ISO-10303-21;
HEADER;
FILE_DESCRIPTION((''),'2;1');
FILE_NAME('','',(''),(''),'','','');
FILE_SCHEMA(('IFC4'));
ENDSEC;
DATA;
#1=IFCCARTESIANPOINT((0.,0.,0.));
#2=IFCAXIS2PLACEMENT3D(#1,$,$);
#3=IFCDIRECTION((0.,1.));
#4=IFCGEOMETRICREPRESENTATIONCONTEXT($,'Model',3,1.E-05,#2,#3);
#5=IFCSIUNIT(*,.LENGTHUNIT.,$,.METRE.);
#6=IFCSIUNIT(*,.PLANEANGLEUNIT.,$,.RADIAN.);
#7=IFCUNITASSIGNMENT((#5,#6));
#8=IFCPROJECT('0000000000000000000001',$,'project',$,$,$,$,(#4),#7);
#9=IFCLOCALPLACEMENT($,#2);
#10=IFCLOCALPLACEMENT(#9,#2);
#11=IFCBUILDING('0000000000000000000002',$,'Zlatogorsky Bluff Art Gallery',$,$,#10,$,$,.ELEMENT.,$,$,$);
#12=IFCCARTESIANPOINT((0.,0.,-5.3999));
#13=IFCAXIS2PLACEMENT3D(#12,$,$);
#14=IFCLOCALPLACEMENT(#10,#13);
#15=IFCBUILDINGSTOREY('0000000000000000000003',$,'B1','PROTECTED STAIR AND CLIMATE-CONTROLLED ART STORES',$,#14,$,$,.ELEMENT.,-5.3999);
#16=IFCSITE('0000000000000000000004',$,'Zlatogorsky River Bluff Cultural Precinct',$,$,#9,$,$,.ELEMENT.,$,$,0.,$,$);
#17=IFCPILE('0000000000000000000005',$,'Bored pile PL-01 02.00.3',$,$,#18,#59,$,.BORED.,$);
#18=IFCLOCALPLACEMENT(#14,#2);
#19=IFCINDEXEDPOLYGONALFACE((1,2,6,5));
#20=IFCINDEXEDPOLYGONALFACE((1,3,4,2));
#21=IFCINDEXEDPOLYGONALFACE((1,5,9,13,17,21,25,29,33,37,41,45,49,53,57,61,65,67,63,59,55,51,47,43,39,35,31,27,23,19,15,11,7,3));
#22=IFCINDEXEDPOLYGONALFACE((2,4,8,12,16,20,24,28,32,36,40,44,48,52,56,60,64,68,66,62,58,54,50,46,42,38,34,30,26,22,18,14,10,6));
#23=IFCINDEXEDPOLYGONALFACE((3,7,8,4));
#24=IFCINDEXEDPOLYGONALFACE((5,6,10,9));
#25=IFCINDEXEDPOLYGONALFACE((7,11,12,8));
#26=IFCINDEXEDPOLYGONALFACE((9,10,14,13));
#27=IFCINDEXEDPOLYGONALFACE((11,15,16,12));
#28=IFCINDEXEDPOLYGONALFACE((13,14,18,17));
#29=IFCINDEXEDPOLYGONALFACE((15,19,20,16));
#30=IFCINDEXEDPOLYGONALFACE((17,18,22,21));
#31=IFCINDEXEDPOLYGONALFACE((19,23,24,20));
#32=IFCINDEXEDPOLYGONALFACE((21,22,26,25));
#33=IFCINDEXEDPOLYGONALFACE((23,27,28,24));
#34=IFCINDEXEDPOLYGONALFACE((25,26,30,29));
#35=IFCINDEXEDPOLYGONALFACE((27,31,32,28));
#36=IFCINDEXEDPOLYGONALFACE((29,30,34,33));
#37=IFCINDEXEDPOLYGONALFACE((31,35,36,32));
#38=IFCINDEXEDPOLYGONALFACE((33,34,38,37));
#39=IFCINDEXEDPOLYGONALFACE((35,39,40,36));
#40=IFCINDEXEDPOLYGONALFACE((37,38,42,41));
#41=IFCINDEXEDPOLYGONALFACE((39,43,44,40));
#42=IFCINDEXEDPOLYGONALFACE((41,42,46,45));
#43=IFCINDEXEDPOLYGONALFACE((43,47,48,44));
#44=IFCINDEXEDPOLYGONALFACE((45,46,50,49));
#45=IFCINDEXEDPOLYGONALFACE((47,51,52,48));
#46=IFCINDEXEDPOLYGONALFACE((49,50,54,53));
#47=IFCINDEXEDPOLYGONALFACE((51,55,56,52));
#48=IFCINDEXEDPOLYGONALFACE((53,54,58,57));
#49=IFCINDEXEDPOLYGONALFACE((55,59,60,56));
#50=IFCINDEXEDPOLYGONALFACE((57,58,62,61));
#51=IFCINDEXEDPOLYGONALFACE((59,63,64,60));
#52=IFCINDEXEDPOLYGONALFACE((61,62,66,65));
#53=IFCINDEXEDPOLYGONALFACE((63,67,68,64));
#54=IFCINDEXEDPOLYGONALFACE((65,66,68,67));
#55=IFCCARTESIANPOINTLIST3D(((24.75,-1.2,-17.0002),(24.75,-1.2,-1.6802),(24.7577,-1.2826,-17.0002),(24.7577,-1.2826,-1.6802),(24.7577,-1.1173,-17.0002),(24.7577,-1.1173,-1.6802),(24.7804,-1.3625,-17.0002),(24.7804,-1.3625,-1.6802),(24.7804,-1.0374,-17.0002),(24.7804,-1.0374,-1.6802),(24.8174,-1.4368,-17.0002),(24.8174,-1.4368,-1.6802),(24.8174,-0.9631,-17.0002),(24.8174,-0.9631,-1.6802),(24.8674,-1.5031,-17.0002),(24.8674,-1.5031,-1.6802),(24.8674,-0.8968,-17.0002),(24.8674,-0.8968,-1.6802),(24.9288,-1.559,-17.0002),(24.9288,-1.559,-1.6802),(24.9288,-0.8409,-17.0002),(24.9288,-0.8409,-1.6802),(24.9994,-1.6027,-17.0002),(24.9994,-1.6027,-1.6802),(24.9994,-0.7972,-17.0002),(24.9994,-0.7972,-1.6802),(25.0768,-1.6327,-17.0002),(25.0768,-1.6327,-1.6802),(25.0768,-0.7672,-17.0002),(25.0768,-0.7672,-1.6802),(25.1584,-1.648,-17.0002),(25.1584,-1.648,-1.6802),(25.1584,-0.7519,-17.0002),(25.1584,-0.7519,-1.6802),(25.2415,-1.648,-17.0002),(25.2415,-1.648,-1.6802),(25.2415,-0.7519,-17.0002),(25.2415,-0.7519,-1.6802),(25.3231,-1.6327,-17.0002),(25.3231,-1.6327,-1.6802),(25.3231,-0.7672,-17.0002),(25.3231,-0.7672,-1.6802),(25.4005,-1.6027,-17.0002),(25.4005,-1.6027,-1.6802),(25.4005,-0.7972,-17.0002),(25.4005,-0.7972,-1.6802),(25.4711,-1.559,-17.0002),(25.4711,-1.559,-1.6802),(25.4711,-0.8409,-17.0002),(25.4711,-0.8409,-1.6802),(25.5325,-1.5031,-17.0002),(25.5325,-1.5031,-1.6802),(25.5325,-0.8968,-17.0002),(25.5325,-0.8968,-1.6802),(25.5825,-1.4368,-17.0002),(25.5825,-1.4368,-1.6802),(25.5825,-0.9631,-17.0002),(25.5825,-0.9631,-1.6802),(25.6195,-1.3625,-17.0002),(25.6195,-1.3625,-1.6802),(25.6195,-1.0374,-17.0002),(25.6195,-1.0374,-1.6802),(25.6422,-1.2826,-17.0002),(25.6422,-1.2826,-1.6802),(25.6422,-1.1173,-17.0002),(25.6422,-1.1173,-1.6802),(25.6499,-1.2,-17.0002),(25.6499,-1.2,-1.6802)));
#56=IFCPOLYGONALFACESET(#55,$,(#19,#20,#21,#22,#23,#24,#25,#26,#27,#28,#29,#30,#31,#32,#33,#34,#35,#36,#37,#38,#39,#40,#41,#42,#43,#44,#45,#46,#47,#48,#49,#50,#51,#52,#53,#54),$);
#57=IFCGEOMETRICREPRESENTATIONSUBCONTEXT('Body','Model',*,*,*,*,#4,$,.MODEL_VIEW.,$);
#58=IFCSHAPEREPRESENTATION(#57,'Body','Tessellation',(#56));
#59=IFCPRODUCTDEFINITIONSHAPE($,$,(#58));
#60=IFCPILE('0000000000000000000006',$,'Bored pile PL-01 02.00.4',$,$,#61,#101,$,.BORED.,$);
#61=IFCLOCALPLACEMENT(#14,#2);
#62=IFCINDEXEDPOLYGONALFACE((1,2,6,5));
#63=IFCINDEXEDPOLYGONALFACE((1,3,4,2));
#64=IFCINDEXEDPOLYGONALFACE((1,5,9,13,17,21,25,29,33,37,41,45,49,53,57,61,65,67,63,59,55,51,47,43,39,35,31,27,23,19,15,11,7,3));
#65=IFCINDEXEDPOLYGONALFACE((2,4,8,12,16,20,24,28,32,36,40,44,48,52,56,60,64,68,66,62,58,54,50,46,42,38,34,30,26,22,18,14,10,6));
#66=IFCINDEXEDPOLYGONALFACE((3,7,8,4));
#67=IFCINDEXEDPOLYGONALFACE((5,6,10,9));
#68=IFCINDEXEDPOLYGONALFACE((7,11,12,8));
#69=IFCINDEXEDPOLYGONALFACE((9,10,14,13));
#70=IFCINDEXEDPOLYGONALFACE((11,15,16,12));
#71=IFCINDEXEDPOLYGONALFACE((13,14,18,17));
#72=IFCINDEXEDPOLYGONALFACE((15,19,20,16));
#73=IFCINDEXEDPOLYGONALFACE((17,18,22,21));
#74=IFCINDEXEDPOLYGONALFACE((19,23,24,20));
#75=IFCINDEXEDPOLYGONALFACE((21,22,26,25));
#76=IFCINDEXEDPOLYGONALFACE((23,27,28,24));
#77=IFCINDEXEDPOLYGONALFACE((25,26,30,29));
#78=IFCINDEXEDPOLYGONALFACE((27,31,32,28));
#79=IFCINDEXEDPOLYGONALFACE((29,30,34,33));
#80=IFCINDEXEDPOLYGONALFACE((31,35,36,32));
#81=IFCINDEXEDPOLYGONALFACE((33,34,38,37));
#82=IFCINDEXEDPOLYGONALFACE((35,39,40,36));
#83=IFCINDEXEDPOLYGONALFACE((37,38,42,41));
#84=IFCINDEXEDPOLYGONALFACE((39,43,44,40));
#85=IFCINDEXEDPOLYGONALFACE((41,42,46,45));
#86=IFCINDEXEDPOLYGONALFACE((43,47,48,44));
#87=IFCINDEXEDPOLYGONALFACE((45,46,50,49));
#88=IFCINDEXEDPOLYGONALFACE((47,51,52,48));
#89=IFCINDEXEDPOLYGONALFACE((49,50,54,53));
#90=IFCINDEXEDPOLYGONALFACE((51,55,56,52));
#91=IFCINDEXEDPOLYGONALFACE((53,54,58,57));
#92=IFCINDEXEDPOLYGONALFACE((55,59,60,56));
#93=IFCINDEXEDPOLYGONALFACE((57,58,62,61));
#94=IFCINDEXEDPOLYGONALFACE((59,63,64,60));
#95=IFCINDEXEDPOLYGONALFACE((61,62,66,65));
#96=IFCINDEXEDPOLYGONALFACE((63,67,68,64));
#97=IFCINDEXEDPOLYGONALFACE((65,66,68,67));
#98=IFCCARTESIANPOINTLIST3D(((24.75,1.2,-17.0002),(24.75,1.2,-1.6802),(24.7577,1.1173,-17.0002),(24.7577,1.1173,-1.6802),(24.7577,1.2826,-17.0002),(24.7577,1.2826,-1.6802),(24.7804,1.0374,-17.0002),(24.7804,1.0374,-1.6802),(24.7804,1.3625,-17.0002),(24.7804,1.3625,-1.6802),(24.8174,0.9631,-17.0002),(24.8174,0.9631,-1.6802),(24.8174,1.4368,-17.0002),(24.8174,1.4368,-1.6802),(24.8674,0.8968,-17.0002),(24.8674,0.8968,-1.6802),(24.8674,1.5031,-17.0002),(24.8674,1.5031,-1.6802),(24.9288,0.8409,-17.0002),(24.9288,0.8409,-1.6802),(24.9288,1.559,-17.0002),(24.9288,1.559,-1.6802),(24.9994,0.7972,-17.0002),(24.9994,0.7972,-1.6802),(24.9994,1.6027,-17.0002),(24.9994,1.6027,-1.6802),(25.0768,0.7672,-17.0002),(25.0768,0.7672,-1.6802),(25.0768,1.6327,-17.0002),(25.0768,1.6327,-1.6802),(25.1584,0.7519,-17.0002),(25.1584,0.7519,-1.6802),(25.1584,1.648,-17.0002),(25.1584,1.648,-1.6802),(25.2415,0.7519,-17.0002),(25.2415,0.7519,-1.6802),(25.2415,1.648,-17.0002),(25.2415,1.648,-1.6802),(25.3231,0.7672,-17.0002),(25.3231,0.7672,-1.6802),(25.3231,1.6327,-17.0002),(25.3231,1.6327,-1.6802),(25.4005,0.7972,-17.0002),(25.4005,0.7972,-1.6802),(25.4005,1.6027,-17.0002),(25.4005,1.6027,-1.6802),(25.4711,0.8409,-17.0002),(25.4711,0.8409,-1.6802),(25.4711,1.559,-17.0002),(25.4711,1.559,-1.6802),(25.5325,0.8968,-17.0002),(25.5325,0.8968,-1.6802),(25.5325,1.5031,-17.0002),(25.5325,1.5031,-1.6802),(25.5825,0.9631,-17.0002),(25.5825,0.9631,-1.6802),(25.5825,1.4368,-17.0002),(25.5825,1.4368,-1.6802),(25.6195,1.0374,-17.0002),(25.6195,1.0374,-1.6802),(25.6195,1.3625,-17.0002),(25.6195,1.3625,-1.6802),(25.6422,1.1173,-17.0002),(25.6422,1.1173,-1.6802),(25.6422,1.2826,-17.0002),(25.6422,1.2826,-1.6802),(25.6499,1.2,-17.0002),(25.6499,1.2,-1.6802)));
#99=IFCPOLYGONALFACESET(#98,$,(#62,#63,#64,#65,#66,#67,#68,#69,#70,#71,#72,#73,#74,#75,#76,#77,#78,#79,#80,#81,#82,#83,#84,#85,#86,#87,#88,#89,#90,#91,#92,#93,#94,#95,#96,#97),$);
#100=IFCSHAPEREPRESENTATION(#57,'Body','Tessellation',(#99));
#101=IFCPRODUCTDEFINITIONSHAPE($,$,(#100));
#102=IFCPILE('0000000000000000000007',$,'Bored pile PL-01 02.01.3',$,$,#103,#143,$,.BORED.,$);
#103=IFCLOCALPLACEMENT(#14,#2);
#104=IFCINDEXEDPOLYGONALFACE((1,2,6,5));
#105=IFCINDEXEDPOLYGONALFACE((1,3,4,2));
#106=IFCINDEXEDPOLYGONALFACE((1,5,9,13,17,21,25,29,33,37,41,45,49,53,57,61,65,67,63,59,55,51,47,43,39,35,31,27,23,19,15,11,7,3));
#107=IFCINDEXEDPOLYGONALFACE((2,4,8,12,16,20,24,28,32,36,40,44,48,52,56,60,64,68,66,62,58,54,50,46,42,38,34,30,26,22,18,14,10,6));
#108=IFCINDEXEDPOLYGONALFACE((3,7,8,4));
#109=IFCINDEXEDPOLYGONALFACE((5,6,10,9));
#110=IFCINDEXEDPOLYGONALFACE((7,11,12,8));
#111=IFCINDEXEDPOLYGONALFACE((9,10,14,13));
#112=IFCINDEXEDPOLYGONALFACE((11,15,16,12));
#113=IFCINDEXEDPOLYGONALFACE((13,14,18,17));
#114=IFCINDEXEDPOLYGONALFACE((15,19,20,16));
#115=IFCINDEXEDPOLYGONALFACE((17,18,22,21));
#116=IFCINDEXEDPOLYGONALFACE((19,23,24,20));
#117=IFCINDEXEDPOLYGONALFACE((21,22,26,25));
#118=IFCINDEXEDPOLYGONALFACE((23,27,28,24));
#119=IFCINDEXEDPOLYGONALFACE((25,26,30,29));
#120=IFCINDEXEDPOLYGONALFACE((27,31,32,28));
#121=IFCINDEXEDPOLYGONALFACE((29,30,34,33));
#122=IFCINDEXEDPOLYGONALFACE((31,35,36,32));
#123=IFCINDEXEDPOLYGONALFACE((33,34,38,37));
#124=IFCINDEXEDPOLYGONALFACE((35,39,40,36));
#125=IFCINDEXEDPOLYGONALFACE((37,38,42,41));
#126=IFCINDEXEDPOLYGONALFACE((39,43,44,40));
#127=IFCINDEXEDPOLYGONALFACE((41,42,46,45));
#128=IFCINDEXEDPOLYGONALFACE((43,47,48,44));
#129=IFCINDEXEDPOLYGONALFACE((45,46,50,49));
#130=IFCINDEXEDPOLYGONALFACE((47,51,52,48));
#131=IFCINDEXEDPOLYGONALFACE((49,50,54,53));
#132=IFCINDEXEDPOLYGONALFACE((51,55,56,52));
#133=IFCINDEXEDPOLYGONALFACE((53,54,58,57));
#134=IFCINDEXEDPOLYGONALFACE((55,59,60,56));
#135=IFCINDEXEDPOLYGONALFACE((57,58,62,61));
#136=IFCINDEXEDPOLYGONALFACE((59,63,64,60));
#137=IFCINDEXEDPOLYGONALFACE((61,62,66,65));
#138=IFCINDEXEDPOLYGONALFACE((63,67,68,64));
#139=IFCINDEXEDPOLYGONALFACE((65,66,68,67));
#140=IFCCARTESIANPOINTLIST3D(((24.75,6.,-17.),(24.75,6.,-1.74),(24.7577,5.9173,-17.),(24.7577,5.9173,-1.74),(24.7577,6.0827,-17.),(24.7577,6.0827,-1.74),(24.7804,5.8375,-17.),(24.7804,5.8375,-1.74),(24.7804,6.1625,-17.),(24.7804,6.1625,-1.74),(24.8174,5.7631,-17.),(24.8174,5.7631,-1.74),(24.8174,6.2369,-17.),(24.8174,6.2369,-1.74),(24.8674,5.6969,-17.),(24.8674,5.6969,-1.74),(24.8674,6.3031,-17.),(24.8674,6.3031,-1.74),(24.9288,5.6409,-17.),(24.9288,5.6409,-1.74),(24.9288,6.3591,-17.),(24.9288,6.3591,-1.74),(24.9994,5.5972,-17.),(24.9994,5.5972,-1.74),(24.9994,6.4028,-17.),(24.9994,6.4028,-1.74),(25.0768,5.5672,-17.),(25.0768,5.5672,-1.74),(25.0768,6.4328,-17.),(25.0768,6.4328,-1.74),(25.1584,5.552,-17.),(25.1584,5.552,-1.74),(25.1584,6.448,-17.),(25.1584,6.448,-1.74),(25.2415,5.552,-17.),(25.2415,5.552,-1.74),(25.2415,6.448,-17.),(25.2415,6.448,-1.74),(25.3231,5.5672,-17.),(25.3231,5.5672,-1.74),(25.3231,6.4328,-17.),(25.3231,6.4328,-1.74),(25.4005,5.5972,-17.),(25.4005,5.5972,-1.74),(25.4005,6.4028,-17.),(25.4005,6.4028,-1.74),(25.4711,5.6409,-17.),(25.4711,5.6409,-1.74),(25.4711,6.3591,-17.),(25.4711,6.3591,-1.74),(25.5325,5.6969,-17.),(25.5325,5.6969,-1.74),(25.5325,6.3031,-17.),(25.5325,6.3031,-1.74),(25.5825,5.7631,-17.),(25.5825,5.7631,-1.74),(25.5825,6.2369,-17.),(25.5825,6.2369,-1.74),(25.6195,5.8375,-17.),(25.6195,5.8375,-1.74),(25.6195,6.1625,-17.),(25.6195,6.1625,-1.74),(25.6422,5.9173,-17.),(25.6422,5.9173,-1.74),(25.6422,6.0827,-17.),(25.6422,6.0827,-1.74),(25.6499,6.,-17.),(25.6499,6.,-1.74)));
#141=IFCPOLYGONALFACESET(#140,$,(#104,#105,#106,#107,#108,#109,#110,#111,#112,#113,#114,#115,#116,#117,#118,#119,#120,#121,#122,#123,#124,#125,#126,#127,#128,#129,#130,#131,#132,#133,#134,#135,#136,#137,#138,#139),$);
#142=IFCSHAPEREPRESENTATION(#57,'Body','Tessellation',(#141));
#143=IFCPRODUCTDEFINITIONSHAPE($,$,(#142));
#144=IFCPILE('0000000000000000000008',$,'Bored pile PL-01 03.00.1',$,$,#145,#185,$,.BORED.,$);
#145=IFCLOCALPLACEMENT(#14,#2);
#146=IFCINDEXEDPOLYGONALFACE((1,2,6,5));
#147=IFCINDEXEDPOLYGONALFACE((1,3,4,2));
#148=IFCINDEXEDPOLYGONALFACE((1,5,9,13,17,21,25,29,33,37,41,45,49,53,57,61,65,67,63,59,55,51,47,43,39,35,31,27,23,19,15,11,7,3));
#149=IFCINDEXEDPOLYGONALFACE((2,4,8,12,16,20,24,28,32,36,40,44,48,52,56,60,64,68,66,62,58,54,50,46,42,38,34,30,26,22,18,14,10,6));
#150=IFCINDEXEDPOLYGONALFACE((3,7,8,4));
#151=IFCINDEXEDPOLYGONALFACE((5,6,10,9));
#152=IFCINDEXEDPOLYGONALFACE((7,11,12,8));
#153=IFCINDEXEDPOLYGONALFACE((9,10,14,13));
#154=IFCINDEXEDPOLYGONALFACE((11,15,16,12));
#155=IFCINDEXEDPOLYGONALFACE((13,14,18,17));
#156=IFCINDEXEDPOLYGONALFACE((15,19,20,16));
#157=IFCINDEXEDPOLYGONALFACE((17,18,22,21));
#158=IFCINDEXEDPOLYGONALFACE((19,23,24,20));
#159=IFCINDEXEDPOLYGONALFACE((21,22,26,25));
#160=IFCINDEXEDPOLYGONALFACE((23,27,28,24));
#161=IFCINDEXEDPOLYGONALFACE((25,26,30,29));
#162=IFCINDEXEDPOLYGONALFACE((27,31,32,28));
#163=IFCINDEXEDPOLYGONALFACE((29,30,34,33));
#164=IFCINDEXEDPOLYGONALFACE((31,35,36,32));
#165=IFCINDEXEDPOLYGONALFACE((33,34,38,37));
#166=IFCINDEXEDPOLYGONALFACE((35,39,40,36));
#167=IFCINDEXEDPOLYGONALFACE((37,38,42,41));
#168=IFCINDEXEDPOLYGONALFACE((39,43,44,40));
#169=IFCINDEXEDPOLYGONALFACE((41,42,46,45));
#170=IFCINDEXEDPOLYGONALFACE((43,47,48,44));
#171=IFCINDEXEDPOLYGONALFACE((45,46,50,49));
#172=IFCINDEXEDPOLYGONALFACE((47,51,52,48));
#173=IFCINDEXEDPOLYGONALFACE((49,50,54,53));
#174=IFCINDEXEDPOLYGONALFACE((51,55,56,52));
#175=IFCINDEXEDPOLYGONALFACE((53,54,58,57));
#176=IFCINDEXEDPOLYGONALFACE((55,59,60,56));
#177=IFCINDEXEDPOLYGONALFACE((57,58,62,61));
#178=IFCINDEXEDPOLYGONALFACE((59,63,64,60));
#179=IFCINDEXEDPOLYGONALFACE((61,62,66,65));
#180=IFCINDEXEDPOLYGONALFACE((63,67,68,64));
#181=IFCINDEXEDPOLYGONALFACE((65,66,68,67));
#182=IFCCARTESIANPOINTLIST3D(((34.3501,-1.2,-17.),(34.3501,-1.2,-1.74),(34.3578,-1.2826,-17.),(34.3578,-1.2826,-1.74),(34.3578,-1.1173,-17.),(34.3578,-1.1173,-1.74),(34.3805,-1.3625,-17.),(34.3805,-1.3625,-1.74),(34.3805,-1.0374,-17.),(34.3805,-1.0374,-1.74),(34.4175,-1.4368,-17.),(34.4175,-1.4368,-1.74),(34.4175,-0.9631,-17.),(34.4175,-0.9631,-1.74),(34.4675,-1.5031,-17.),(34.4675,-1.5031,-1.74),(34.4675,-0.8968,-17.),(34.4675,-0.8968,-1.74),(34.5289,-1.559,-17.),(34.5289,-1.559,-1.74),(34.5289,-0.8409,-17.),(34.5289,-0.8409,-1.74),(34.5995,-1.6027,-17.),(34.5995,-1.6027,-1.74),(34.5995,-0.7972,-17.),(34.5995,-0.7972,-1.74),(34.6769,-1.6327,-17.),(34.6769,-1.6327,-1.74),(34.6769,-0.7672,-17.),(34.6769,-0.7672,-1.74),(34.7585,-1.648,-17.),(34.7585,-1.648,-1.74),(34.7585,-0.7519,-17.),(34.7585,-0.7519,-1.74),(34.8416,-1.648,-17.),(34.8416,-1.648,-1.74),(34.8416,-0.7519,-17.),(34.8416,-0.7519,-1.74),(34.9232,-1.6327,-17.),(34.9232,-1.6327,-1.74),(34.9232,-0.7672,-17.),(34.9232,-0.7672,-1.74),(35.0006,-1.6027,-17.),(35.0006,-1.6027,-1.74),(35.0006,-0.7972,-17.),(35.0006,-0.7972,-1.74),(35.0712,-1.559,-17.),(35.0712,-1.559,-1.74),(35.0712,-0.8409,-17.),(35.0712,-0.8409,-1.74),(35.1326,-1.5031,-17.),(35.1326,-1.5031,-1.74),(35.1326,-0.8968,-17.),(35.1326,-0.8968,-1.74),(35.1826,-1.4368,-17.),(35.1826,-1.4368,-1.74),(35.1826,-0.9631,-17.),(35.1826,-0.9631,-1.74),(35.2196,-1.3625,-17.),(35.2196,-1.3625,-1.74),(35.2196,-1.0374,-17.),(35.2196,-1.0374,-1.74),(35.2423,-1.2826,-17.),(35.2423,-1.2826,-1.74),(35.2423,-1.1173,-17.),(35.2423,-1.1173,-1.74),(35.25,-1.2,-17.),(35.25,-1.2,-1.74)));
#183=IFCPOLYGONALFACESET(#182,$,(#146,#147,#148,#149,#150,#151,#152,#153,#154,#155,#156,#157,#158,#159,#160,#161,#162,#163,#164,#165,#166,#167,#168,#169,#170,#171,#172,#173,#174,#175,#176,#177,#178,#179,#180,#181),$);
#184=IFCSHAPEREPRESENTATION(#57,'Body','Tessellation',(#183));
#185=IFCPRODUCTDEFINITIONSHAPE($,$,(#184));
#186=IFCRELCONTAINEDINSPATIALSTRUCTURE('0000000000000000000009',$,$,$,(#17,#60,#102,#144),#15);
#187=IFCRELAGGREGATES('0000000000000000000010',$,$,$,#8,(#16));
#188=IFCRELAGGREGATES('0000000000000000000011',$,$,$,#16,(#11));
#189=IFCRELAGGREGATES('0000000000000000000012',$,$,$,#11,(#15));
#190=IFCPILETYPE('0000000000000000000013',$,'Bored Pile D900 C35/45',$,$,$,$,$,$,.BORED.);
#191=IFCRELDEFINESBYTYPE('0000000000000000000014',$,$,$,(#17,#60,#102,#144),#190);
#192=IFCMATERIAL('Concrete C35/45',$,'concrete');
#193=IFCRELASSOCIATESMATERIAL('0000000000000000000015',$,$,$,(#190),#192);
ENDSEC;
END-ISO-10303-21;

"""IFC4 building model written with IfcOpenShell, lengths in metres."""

from ifc_helpers import new_model, si_unit, direction, frame, origin, origin_2d, place, context, subcontext, project, spatial, circle, extrude, material, material_profile, profile_set, type_object, element, save


model = new_model("IFC4")

# Units and contexts
model_context = context("Model", 3, precision=1e-05, world=origin(), true_north=direction((0.0, 1.0)))
body_context = subcontext(model_context, "Body", "Model", "MODEL_VIEW")
ifc_project = project(units=[si_unit("LENGTHUNIT", "METRE"), si_unit("PLANEANGLEUNIT", "RADIAN")], contexts=[model_context])

# Site, building, storey
site_placement = place(None, origin())
site = spatial("IfcSite", under=ifc_project, at=site_placement, Name="Zlatogorsky River Bluff Cultural Precinct", CompositionType="ELEMENT", RefElevation=0.0)
building_placement = place(site_placement, origin())
building = spatial("IfcBuilding", under=site, at=building_placement, Name="Zlatogorsky Bluff Art Gallery", CompositionType="ELEMENT")
storey_placement = place(building_placement, frame((0.0, 0.0, -5.3999)))
storey = spatial("IfcBuildingStorey", under=building, at=storey_placement, Name="B1", Description="PROTECTED STAIR AND CLIMATE-CONTROLLED ART STORES", CompositionType="ELEMENT", Elevation=-5.3999)

# Piles
ifc_material_1 = material(Name="Concrete C35/45", Category="concrete")
ifc_material_profile_1 = material_profile(ifc_material_1, circle(Radius=0.45, at=origin_2d()), Name="BORED PILE D900")
ifc_profile_set_1 = profile_set([ifc_material_profile_1], Name="Concrete C35/45")
pile_type = type_object("IfcPileType", Name="Bored Pile D900 C35/45", PredefinedType="BORED", material=ifc_profile_set_1)
for number, where, z_axis, x_axis, name in (
    (1, (25.2, -1.2, -1.6802), (0.0, 0.0, -1.0), (1.0, 0.0, 0.0), "Bored pile PL-01 02.00.3"),
    (2, (25.2, 1.2, -1.6802), (0.0, 0.0, -1.0), (1.0, 0.0, 0.0), "Bored pile PL-01 02.00.4"),
):
    element("IfcPile", number, at=place(storey_placement, frame(where, z_axis=z_axis, x_axis=x_axis)), inside=storey, type_object=pile_type, Name=name, PredefinedType="BORED", context=body_context, shape_type="SweptSolid", body=[
        extrude(circle(Radius=0.45, at=origin_2d()), origin(), (0.0, 0.0, 1.0), 15.3201),
    ])
for number, where, z_axis, x_axis, name in (
    (3, (25.2, 6.0, -1.74), (0.0, 0.0, -1.0), (1.0, 0.0, 0.0), "Bored pile PL-01 02.01.3"),
    (4, (34.8, -1.2, -1.74), (0.0, 0.0, -1.0), (1.0, 0.0, 0.0), "Bored pile PL-01 03.00.1"),
):
    element("IfcPile", number, at=place(storey_placement, frame(where, z_axis=z_axis, x_axis=x_axis)), inside=storey, type_object=pile_type, Name=name, PredefinedType="BORED", context=body_context, shape_type="SweptSolid", body=[
        extrude(circle(Radius=0.45, at=origin_2d()), origin(), (0.0, 0.0, 1.0), 15.26),
    ])

save(model, "model.ifc")
